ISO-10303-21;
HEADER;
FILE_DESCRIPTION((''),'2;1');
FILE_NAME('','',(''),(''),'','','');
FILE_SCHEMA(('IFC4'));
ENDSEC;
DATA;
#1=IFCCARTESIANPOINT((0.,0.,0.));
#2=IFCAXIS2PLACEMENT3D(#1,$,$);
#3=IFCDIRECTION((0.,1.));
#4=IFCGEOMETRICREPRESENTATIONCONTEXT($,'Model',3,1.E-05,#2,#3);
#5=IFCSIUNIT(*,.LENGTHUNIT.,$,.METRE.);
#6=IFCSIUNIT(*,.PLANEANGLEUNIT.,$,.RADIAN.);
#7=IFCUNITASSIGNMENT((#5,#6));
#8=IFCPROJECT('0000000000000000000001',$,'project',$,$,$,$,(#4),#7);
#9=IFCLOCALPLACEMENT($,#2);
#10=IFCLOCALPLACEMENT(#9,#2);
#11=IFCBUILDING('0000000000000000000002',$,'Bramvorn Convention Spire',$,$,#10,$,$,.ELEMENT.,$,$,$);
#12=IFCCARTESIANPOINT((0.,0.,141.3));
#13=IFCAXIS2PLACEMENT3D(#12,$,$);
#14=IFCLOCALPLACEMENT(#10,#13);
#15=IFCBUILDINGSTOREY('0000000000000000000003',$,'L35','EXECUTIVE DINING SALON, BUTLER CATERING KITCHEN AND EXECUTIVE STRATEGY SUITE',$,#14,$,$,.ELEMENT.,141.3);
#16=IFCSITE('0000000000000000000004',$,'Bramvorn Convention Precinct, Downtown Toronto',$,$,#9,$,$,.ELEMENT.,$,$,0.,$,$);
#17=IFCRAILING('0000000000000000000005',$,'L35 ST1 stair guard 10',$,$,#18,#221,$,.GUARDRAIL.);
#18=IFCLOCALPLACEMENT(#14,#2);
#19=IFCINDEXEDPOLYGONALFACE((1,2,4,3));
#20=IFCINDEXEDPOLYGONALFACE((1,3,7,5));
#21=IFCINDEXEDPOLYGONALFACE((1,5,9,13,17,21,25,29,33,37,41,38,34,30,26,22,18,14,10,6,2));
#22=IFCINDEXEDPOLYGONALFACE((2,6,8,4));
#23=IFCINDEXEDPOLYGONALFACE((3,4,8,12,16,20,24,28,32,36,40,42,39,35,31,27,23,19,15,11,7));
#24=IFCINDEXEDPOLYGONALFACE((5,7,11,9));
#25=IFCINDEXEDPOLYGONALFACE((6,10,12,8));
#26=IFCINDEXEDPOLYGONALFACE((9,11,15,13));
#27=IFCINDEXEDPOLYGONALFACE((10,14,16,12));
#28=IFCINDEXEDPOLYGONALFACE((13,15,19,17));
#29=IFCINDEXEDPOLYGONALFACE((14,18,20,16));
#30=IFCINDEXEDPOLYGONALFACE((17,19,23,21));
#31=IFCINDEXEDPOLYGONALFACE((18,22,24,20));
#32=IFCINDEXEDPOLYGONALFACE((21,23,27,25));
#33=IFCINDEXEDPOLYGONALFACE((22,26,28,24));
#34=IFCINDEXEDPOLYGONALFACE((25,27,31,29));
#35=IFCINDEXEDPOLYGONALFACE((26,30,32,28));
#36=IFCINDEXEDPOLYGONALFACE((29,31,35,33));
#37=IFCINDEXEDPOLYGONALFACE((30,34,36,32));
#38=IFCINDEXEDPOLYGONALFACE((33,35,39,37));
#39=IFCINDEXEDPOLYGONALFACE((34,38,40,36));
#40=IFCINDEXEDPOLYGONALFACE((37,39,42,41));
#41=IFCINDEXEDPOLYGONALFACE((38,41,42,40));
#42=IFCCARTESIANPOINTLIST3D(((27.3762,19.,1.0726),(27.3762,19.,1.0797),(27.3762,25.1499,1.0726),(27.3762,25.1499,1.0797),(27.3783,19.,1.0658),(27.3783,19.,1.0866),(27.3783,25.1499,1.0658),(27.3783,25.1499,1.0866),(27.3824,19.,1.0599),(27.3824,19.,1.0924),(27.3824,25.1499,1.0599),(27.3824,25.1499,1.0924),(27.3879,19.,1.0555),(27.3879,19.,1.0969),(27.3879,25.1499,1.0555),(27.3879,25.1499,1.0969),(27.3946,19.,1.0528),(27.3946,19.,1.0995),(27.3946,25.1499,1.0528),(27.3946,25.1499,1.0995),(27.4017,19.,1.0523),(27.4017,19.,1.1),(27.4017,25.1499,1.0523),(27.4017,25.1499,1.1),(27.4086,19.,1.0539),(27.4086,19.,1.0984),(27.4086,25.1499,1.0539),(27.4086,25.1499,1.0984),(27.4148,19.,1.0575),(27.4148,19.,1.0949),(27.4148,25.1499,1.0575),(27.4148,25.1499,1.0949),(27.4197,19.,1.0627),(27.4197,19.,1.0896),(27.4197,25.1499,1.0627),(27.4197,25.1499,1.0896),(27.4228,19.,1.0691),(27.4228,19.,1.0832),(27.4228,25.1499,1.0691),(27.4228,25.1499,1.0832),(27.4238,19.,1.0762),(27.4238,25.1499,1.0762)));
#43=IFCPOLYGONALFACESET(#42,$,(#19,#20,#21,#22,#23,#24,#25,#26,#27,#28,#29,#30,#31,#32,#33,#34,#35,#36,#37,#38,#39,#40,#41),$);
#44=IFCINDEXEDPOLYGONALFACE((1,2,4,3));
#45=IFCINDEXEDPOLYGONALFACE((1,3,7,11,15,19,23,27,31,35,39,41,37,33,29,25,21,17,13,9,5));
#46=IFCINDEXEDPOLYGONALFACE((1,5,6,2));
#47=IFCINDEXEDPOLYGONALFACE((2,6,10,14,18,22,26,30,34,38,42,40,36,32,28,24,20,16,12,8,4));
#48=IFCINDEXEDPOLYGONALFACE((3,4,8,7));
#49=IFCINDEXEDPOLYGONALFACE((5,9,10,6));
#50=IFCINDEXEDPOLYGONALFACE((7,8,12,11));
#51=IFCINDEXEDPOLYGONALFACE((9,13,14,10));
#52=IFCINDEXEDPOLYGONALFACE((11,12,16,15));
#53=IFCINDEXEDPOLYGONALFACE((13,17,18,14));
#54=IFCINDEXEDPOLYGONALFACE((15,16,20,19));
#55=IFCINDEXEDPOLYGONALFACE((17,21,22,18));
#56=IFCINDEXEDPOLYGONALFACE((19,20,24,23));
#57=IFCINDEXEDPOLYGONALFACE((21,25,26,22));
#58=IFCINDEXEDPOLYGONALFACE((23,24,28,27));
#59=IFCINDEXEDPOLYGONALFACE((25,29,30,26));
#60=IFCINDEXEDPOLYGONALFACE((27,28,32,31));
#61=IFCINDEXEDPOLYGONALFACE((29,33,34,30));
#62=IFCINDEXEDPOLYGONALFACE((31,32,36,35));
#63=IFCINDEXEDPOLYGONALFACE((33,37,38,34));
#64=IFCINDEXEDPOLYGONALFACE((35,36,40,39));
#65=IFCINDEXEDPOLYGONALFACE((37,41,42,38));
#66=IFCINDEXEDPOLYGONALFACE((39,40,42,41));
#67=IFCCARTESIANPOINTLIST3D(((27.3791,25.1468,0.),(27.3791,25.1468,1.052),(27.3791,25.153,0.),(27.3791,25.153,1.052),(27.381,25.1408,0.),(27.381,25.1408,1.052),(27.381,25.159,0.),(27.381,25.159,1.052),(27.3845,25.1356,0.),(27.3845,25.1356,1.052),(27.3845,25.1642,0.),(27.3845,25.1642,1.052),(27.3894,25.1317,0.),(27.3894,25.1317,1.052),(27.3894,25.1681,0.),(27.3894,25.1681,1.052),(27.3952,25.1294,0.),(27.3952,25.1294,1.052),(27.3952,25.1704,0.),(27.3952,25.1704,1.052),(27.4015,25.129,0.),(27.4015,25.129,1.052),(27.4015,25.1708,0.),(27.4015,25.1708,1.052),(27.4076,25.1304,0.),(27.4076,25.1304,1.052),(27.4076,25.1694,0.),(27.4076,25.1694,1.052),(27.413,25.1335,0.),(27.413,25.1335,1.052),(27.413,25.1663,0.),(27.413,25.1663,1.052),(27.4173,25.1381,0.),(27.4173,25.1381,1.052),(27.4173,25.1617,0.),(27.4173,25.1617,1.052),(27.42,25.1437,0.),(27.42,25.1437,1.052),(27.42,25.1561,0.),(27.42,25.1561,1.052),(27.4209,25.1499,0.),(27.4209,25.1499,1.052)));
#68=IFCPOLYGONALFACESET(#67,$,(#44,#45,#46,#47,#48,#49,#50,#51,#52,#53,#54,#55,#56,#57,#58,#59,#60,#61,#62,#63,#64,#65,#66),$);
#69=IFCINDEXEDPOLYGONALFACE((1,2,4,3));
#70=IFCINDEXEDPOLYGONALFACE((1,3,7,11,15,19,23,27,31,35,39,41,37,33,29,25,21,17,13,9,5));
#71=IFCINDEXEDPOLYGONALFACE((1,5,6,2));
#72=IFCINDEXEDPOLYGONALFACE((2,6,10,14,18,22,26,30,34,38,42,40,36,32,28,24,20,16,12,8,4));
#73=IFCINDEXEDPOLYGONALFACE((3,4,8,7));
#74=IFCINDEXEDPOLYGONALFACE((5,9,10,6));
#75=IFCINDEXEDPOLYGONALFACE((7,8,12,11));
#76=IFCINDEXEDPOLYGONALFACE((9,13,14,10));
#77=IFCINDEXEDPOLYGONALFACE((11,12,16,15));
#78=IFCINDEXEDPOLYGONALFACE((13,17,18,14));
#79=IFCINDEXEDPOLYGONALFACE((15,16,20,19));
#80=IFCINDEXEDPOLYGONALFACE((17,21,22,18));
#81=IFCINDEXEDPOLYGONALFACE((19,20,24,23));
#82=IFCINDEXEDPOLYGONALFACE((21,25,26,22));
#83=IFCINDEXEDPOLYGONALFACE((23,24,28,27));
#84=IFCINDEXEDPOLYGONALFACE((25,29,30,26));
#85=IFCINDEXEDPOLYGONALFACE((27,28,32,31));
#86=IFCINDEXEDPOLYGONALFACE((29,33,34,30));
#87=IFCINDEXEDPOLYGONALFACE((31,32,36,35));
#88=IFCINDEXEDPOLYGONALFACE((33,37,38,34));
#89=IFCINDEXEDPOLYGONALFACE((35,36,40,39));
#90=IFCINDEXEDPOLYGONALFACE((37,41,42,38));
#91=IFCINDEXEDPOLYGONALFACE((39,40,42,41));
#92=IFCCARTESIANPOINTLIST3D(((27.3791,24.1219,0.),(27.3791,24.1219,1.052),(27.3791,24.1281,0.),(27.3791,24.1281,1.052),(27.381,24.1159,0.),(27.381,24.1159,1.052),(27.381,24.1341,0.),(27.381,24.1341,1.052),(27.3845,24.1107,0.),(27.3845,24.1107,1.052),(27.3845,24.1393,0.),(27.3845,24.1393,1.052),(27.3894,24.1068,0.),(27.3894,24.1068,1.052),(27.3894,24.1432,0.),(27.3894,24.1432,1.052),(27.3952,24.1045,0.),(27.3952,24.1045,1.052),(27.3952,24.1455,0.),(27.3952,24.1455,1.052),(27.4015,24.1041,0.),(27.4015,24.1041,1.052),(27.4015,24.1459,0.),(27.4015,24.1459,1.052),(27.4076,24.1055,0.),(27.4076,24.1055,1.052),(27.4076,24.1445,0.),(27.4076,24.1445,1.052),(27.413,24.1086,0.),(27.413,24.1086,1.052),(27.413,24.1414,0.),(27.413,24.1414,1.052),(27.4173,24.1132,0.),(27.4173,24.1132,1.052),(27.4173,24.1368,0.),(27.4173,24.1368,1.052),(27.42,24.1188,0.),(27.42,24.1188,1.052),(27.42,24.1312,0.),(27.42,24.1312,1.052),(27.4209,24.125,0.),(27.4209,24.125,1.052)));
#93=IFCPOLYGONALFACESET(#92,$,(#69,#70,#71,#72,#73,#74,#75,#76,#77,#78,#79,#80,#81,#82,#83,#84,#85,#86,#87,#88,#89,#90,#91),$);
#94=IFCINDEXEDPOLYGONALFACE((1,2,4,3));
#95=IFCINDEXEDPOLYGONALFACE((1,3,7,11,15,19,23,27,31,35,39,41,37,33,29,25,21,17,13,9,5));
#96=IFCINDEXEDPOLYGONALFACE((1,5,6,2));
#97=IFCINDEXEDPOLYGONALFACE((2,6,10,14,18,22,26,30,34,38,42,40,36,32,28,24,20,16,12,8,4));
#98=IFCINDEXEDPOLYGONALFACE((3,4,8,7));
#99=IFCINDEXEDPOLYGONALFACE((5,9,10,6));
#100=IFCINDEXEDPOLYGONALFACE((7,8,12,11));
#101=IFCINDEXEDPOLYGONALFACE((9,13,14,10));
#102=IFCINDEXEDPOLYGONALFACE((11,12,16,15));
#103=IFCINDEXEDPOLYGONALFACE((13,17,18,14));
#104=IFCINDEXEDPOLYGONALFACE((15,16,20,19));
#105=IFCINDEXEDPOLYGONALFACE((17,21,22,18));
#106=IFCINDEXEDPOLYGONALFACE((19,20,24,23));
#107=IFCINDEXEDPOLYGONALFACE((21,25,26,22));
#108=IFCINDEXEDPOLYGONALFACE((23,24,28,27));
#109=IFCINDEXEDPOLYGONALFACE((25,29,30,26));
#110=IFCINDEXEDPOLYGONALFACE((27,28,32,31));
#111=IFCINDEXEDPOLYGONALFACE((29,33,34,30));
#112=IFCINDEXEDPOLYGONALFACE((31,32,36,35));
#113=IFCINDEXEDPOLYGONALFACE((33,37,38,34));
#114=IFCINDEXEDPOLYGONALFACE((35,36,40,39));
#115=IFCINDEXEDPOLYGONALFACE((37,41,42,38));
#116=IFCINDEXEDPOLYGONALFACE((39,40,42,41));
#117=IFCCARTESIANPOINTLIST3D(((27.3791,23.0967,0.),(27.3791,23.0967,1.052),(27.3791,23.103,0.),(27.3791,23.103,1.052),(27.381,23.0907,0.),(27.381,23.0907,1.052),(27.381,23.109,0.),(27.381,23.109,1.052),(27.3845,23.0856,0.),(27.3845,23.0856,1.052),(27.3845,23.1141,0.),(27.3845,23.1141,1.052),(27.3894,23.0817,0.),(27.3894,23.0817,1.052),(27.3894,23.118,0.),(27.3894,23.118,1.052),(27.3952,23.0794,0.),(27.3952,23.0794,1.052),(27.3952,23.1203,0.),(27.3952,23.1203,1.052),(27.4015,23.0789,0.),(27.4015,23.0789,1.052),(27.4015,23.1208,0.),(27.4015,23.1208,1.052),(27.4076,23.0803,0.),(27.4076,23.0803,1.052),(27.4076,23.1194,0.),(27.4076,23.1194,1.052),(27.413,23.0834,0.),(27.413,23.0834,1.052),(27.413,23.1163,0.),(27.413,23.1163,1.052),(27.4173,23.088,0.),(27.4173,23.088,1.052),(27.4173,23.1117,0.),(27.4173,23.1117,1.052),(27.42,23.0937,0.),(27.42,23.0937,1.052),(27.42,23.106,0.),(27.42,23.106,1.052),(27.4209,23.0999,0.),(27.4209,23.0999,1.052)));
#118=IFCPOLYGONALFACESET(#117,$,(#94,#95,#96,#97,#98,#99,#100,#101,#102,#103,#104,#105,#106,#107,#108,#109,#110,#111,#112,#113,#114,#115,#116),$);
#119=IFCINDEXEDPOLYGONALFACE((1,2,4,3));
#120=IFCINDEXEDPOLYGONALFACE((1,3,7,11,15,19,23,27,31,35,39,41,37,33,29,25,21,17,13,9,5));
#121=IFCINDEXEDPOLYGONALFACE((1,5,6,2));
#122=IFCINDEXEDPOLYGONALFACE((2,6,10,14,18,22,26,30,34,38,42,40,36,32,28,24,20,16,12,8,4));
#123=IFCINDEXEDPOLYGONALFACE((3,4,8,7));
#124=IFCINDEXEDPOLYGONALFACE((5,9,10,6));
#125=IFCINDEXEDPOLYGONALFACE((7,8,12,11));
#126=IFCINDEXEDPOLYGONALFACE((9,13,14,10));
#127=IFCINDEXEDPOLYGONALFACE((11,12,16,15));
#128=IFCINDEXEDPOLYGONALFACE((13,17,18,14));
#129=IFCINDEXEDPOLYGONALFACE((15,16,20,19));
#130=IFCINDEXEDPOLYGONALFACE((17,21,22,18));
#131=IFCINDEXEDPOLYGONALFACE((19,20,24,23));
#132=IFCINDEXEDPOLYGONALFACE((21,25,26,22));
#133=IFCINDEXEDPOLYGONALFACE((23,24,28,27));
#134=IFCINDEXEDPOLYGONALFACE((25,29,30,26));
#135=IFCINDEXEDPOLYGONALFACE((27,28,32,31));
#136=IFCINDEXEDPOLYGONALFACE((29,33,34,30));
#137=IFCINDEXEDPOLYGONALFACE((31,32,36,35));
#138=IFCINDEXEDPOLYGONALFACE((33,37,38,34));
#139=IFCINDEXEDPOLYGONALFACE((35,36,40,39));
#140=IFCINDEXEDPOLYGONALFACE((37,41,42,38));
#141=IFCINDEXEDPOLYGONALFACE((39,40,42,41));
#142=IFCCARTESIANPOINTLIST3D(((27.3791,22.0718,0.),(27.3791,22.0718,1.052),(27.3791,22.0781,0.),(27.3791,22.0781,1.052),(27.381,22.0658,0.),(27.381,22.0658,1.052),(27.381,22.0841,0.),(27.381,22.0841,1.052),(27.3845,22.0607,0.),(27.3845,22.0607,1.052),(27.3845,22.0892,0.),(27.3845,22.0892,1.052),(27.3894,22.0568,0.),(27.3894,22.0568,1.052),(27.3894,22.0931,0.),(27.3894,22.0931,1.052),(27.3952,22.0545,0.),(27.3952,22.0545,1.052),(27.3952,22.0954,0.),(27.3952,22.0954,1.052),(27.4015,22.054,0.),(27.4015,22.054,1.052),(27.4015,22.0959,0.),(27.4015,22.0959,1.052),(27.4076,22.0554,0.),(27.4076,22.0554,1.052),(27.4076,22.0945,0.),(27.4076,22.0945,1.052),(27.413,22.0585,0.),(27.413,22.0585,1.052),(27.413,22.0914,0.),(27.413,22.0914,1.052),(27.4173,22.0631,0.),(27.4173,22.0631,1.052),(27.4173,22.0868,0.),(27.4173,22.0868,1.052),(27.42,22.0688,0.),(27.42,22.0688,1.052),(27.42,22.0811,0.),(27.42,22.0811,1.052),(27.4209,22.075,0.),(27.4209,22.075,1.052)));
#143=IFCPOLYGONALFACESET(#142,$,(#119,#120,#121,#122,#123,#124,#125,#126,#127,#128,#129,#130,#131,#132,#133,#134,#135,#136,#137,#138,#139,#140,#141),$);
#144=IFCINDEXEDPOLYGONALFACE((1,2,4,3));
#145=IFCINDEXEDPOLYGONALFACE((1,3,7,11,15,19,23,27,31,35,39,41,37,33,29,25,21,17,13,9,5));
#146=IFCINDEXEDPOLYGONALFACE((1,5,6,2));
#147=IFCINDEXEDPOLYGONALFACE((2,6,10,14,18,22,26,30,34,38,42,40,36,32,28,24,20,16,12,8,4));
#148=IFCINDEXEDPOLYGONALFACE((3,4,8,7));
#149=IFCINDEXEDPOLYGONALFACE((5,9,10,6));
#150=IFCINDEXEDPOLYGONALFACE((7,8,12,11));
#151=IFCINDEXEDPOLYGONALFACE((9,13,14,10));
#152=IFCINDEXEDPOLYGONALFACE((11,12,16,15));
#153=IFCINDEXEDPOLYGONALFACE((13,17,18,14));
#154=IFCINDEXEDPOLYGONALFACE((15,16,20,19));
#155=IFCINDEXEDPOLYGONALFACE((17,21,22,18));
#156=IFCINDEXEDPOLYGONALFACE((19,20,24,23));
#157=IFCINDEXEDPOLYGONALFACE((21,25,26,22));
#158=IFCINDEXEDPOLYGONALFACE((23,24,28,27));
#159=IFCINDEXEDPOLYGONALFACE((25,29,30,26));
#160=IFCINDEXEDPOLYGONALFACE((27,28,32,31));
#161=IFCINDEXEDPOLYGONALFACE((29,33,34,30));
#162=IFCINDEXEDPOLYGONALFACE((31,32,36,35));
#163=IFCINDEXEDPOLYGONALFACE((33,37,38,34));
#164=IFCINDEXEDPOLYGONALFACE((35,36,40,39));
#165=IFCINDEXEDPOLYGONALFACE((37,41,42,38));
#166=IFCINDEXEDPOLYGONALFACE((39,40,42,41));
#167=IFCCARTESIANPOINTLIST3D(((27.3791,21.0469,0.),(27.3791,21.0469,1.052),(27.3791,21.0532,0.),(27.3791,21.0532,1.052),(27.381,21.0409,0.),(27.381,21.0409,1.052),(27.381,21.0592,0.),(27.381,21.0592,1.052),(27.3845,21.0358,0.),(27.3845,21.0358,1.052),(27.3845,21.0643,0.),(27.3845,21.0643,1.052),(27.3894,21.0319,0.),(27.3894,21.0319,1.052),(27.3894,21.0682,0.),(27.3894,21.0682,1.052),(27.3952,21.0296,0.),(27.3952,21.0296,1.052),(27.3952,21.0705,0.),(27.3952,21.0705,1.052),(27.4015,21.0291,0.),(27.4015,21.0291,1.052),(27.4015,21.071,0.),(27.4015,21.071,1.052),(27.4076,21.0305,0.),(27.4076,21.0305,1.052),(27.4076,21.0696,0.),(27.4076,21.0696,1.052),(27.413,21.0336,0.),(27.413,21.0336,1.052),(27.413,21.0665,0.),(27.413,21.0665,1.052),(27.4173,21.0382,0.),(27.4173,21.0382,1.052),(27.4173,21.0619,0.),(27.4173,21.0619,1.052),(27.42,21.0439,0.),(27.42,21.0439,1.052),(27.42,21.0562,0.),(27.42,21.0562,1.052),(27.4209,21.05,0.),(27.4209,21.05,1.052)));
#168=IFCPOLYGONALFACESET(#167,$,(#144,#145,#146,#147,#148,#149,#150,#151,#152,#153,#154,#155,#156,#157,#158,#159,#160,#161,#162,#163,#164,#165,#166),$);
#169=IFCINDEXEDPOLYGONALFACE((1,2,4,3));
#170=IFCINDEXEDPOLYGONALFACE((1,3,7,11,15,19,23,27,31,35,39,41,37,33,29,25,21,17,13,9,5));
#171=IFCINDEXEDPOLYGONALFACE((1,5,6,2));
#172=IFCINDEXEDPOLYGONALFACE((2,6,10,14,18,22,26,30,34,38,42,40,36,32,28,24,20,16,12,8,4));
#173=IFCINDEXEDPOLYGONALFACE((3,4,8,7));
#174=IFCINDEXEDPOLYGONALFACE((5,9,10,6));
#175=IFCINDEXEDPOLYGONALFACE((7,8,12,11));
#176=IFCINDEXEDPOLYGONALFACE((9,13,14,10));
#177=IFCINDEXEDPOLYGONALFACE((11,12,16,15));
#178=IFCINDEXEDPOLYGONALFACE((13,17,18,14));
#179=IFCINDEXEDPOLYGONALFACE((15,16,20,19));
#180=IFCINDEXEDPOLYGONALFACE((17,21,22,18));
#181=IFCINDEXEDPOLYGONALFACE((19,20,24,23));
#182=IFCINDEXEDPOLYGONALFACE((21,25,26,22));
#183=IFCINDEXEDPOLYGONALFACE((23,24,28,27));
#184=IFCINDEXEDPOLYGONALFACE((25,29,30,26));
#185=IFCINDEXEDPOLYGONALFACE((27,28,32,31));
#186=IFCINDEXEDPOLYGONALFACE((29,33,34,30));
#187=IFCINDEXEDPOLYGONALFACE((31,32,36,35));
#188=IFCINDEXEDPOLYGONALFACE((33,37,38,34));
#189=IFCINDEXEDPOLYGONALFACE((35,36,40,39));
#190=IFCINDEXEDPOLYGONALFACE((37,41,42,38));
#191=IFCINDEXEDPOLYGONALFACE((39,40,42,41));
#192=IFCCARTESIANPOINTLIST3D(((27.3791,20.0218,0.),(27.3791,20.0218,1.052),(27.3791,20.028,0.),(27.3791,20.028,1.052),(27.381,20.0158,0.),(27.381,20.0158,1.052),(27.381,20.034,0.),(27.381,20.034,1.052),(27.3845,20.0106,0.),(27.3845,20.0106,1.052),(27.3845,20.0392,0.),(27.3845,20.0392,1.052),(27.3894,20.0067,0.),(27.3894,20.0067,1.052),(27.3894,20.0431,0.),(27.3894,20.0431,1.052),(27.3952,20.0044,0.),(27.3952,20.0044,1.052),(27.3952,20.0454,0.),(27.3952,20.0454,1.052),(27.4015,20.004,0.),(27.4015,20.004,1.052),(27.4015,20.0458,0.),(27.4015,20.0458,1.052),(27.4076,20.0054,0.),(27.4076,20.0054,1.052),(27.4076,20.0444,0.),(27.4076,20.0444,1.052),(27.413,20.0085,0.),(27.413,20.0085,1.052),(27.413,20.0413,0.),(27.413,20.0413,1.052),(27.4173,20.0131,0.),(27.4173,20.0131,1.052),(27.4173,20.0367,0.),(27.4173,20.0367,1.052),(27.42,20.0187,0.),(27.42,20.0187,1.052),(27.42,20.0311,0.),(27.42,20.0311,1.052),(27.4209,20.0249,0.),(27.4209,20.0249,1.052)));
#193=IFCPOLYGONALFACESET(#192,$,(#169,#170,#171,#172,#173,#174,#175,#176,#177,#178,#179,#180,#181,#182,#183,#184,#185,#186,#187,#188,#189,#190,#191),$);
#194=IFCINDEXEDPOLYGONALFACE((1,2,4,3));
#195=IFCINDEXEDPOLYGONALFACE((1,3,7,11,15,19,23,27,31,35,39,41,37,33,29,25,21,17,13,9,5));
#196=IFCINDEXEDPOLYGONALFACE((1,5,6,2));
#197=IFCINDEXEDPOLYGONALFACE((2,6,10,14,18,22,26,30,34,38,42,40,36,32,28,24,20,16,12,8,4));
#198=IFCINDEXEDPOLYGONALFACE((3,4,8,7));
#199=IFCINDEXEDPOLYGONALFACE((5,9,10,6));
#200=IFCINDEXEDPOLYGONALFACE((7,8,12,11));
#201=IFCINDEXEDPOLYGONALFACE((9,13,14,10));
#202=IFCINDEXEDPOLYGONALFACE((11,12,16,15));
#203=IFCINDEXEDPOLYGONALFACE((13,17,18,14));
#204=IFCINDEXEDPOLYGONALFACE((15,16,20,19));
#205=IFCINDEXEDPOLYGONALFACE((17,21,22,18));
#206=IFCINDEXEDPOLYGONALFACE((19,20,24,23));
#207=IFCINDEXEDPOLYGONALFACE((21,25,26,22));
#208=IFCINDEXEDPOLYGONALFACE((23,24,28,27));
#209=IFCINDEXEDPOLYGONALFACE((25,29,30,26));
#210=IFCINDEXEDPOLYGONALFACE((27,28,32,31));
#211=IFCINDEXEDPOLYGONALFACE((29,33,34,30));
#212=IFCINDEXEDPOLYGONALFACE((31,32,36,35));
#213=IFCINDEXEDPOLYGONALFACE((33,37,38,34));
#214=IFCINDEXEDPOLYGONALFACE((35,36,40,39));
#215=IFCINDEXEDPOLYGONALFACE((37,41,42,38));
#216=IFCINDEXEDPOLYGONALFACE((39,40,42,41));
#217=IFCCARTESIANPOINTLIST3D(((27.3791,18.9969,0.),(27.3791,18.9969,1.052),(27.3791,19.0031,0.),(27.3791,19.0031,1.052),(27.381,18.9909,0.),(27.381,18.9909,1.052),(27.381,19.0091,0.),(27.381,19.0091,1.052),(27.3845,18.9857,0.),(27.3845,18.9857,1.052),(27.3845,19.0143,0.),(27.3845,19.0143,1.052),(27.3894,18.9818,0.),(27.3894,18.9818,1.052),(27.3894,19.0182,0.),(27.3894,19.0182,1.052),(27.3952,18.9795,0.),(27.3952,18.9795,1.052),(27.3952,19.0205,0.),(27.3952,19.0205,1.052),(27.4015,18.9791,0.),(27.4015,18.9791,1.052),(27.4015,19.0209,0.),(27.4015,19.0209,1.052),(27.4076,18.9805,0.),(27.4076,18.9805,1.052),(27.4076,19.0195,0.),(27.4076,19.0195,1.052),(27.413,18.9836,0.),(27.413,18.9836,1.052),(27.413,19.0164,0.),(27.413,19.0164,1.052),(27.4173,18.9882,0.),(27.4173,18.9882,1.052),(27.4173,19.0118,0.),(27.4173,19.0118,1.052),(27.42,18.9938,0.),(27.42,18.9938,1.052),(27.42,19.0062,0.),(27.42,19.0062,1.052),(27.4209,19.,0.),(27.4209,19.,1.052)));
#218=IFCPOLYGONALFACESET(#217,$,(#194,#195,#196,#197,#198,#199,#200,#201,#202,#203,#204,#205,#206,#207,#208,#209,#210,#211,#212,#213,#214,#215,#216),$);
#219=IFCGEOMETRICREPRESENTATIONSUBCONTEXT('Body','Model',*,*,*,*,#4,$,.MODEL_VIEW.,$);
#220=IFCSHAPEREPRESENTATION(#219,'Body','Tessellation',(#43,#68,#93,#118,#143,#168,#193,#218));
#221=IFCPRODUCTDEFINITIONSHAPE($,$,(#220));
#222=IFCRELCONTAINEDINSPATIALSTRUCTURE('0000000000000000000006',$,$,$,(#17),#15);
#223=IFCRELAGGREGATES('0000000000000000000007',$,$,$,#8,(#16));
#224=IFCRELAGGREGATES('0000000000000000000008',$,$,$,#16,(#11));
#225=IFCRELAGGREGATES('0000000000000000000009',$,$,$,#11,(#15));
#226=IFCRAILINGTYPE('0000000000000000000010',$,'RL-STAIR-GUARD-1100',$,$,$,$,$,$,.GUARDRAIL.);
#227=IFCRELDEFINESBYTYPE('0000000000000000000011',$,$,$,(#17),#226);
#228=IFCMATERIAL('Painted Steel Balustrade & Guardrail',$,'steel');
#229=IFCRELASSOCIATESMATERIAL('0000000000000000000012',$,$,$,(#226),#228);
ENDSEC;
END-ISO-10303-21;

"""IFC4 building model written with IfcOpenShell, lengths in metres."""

from ifc_helpers import new_model, si_unit, direction, frame, origin, origin_2d, place, context, subcontext, project, spatial, circle, extrude, material, type_object, element, save


model = new_model("IFC4")

# Units and contexts
model_context = context("Model", 3, precision=1e-05, world=origin(), true_north=direction((0.0, 1.0)))
body_context = subcontext(model_context, "Body", "Model", "MODEL_VIEW")
ifc_project = project(units=[si_unit("LENGTHUNIT", "METRE"), si_unit("PLANEANGLEUNIT", "RADIAN")], contexts=[model_context])

# Site, building, storey
site_placement = place(None, origin())
site = spatial("IfcSite", under=ifc_project, at=site_placement, Name="Bramvorn Convention Precinct, Downtown Toronto", CompositionType="ELEMENT", RefElevation=0.0)
building_placement = place(site_placement, origin())
building = spatial("IfcBuilding", under=site, at=building_placement, Name="Bramvorn Convention Spire", CompositionType="ELEMENT")
storey_placement = place(building_placement, frame((0.0, 0.0, 141.3)))
storey = spatial("IfcBuildingStorey", under=building, at=storey_placement, Name="L35", Description="EXECUTIVE DINING SALON, BUTLER CATERING KITCHEN AND EXECUTIVE STRATEGY SUITE", CompositionType="ELEMENT", Elevation=141.3)

# Railing
ifc_material_1 = material(Name="Painted Steel Balustrade & Guardrail", Category="steel")
railing_type = type_object("IfcRailingType", Name="RL-STAIR-GUARD-1100", PredefinedType="GUARDRAIL", material=ifc_material_1)
railing_1_placement = place(storey_placement, frame((27.3999, 25.1499, 0.0)))
element("IfcRailing", 1, at=railing_1_placement, inside=storey, type_object=railing_type, Name="L35 ST1 stair guard 10", PredefinedType="GUARDRAIL", context=body_context, shape_type="SweptSolid", body=[
    extrude(circle(Radius=0.0239, at=origin_2d()), frame((0.0, 0.0, 1.0762), z_axis=(0.0, -1.0, 0.0), x_axis=(1.0, 0.0, 0.0)), (0.0, 0.0, 1.0), 6.1499),
    extrude(circle(Radius=0.021, at=origin_2d()), origin(), (0.0, 0.0, 1.0), 1.052),
    extrude(circle(Radius=0.021, at=origin_2d()), frame((0.0, -1.0249, 0.0)), (0.0, 0.0, 1.0), 1.052),
    extrude(circle(Radius=0.021, at=origin_2d()), frame((0.0, -2.05, 0.0)), (0.0, 0.0, 1.0), 1.052),
    extrude(circle(Radius=0.021, at=origin_2d()), frame((0.0, -3.075, 0.0)), (0.0, 0.0, 1.0), 1.052),
    extrude(circle(Radius=0.021, at=origin_2d()), frame((0.0, -4.0999, 0.0)), (0.0, 0.0, 1.0), 1.052),
    extrude(circle(Radius=0.021, at=origin_2d()), frame((0.0, -5.125, 0.0)), (0.0, 0.0, 1.0), 1.052),
    extrude(circle(Radius=0.021, at=origin_2d()), frame((0.0, -6.1499, 0.0)), (0.0, 0.0, 1.0), 1.052),
])

save(model, "model.ifc")
